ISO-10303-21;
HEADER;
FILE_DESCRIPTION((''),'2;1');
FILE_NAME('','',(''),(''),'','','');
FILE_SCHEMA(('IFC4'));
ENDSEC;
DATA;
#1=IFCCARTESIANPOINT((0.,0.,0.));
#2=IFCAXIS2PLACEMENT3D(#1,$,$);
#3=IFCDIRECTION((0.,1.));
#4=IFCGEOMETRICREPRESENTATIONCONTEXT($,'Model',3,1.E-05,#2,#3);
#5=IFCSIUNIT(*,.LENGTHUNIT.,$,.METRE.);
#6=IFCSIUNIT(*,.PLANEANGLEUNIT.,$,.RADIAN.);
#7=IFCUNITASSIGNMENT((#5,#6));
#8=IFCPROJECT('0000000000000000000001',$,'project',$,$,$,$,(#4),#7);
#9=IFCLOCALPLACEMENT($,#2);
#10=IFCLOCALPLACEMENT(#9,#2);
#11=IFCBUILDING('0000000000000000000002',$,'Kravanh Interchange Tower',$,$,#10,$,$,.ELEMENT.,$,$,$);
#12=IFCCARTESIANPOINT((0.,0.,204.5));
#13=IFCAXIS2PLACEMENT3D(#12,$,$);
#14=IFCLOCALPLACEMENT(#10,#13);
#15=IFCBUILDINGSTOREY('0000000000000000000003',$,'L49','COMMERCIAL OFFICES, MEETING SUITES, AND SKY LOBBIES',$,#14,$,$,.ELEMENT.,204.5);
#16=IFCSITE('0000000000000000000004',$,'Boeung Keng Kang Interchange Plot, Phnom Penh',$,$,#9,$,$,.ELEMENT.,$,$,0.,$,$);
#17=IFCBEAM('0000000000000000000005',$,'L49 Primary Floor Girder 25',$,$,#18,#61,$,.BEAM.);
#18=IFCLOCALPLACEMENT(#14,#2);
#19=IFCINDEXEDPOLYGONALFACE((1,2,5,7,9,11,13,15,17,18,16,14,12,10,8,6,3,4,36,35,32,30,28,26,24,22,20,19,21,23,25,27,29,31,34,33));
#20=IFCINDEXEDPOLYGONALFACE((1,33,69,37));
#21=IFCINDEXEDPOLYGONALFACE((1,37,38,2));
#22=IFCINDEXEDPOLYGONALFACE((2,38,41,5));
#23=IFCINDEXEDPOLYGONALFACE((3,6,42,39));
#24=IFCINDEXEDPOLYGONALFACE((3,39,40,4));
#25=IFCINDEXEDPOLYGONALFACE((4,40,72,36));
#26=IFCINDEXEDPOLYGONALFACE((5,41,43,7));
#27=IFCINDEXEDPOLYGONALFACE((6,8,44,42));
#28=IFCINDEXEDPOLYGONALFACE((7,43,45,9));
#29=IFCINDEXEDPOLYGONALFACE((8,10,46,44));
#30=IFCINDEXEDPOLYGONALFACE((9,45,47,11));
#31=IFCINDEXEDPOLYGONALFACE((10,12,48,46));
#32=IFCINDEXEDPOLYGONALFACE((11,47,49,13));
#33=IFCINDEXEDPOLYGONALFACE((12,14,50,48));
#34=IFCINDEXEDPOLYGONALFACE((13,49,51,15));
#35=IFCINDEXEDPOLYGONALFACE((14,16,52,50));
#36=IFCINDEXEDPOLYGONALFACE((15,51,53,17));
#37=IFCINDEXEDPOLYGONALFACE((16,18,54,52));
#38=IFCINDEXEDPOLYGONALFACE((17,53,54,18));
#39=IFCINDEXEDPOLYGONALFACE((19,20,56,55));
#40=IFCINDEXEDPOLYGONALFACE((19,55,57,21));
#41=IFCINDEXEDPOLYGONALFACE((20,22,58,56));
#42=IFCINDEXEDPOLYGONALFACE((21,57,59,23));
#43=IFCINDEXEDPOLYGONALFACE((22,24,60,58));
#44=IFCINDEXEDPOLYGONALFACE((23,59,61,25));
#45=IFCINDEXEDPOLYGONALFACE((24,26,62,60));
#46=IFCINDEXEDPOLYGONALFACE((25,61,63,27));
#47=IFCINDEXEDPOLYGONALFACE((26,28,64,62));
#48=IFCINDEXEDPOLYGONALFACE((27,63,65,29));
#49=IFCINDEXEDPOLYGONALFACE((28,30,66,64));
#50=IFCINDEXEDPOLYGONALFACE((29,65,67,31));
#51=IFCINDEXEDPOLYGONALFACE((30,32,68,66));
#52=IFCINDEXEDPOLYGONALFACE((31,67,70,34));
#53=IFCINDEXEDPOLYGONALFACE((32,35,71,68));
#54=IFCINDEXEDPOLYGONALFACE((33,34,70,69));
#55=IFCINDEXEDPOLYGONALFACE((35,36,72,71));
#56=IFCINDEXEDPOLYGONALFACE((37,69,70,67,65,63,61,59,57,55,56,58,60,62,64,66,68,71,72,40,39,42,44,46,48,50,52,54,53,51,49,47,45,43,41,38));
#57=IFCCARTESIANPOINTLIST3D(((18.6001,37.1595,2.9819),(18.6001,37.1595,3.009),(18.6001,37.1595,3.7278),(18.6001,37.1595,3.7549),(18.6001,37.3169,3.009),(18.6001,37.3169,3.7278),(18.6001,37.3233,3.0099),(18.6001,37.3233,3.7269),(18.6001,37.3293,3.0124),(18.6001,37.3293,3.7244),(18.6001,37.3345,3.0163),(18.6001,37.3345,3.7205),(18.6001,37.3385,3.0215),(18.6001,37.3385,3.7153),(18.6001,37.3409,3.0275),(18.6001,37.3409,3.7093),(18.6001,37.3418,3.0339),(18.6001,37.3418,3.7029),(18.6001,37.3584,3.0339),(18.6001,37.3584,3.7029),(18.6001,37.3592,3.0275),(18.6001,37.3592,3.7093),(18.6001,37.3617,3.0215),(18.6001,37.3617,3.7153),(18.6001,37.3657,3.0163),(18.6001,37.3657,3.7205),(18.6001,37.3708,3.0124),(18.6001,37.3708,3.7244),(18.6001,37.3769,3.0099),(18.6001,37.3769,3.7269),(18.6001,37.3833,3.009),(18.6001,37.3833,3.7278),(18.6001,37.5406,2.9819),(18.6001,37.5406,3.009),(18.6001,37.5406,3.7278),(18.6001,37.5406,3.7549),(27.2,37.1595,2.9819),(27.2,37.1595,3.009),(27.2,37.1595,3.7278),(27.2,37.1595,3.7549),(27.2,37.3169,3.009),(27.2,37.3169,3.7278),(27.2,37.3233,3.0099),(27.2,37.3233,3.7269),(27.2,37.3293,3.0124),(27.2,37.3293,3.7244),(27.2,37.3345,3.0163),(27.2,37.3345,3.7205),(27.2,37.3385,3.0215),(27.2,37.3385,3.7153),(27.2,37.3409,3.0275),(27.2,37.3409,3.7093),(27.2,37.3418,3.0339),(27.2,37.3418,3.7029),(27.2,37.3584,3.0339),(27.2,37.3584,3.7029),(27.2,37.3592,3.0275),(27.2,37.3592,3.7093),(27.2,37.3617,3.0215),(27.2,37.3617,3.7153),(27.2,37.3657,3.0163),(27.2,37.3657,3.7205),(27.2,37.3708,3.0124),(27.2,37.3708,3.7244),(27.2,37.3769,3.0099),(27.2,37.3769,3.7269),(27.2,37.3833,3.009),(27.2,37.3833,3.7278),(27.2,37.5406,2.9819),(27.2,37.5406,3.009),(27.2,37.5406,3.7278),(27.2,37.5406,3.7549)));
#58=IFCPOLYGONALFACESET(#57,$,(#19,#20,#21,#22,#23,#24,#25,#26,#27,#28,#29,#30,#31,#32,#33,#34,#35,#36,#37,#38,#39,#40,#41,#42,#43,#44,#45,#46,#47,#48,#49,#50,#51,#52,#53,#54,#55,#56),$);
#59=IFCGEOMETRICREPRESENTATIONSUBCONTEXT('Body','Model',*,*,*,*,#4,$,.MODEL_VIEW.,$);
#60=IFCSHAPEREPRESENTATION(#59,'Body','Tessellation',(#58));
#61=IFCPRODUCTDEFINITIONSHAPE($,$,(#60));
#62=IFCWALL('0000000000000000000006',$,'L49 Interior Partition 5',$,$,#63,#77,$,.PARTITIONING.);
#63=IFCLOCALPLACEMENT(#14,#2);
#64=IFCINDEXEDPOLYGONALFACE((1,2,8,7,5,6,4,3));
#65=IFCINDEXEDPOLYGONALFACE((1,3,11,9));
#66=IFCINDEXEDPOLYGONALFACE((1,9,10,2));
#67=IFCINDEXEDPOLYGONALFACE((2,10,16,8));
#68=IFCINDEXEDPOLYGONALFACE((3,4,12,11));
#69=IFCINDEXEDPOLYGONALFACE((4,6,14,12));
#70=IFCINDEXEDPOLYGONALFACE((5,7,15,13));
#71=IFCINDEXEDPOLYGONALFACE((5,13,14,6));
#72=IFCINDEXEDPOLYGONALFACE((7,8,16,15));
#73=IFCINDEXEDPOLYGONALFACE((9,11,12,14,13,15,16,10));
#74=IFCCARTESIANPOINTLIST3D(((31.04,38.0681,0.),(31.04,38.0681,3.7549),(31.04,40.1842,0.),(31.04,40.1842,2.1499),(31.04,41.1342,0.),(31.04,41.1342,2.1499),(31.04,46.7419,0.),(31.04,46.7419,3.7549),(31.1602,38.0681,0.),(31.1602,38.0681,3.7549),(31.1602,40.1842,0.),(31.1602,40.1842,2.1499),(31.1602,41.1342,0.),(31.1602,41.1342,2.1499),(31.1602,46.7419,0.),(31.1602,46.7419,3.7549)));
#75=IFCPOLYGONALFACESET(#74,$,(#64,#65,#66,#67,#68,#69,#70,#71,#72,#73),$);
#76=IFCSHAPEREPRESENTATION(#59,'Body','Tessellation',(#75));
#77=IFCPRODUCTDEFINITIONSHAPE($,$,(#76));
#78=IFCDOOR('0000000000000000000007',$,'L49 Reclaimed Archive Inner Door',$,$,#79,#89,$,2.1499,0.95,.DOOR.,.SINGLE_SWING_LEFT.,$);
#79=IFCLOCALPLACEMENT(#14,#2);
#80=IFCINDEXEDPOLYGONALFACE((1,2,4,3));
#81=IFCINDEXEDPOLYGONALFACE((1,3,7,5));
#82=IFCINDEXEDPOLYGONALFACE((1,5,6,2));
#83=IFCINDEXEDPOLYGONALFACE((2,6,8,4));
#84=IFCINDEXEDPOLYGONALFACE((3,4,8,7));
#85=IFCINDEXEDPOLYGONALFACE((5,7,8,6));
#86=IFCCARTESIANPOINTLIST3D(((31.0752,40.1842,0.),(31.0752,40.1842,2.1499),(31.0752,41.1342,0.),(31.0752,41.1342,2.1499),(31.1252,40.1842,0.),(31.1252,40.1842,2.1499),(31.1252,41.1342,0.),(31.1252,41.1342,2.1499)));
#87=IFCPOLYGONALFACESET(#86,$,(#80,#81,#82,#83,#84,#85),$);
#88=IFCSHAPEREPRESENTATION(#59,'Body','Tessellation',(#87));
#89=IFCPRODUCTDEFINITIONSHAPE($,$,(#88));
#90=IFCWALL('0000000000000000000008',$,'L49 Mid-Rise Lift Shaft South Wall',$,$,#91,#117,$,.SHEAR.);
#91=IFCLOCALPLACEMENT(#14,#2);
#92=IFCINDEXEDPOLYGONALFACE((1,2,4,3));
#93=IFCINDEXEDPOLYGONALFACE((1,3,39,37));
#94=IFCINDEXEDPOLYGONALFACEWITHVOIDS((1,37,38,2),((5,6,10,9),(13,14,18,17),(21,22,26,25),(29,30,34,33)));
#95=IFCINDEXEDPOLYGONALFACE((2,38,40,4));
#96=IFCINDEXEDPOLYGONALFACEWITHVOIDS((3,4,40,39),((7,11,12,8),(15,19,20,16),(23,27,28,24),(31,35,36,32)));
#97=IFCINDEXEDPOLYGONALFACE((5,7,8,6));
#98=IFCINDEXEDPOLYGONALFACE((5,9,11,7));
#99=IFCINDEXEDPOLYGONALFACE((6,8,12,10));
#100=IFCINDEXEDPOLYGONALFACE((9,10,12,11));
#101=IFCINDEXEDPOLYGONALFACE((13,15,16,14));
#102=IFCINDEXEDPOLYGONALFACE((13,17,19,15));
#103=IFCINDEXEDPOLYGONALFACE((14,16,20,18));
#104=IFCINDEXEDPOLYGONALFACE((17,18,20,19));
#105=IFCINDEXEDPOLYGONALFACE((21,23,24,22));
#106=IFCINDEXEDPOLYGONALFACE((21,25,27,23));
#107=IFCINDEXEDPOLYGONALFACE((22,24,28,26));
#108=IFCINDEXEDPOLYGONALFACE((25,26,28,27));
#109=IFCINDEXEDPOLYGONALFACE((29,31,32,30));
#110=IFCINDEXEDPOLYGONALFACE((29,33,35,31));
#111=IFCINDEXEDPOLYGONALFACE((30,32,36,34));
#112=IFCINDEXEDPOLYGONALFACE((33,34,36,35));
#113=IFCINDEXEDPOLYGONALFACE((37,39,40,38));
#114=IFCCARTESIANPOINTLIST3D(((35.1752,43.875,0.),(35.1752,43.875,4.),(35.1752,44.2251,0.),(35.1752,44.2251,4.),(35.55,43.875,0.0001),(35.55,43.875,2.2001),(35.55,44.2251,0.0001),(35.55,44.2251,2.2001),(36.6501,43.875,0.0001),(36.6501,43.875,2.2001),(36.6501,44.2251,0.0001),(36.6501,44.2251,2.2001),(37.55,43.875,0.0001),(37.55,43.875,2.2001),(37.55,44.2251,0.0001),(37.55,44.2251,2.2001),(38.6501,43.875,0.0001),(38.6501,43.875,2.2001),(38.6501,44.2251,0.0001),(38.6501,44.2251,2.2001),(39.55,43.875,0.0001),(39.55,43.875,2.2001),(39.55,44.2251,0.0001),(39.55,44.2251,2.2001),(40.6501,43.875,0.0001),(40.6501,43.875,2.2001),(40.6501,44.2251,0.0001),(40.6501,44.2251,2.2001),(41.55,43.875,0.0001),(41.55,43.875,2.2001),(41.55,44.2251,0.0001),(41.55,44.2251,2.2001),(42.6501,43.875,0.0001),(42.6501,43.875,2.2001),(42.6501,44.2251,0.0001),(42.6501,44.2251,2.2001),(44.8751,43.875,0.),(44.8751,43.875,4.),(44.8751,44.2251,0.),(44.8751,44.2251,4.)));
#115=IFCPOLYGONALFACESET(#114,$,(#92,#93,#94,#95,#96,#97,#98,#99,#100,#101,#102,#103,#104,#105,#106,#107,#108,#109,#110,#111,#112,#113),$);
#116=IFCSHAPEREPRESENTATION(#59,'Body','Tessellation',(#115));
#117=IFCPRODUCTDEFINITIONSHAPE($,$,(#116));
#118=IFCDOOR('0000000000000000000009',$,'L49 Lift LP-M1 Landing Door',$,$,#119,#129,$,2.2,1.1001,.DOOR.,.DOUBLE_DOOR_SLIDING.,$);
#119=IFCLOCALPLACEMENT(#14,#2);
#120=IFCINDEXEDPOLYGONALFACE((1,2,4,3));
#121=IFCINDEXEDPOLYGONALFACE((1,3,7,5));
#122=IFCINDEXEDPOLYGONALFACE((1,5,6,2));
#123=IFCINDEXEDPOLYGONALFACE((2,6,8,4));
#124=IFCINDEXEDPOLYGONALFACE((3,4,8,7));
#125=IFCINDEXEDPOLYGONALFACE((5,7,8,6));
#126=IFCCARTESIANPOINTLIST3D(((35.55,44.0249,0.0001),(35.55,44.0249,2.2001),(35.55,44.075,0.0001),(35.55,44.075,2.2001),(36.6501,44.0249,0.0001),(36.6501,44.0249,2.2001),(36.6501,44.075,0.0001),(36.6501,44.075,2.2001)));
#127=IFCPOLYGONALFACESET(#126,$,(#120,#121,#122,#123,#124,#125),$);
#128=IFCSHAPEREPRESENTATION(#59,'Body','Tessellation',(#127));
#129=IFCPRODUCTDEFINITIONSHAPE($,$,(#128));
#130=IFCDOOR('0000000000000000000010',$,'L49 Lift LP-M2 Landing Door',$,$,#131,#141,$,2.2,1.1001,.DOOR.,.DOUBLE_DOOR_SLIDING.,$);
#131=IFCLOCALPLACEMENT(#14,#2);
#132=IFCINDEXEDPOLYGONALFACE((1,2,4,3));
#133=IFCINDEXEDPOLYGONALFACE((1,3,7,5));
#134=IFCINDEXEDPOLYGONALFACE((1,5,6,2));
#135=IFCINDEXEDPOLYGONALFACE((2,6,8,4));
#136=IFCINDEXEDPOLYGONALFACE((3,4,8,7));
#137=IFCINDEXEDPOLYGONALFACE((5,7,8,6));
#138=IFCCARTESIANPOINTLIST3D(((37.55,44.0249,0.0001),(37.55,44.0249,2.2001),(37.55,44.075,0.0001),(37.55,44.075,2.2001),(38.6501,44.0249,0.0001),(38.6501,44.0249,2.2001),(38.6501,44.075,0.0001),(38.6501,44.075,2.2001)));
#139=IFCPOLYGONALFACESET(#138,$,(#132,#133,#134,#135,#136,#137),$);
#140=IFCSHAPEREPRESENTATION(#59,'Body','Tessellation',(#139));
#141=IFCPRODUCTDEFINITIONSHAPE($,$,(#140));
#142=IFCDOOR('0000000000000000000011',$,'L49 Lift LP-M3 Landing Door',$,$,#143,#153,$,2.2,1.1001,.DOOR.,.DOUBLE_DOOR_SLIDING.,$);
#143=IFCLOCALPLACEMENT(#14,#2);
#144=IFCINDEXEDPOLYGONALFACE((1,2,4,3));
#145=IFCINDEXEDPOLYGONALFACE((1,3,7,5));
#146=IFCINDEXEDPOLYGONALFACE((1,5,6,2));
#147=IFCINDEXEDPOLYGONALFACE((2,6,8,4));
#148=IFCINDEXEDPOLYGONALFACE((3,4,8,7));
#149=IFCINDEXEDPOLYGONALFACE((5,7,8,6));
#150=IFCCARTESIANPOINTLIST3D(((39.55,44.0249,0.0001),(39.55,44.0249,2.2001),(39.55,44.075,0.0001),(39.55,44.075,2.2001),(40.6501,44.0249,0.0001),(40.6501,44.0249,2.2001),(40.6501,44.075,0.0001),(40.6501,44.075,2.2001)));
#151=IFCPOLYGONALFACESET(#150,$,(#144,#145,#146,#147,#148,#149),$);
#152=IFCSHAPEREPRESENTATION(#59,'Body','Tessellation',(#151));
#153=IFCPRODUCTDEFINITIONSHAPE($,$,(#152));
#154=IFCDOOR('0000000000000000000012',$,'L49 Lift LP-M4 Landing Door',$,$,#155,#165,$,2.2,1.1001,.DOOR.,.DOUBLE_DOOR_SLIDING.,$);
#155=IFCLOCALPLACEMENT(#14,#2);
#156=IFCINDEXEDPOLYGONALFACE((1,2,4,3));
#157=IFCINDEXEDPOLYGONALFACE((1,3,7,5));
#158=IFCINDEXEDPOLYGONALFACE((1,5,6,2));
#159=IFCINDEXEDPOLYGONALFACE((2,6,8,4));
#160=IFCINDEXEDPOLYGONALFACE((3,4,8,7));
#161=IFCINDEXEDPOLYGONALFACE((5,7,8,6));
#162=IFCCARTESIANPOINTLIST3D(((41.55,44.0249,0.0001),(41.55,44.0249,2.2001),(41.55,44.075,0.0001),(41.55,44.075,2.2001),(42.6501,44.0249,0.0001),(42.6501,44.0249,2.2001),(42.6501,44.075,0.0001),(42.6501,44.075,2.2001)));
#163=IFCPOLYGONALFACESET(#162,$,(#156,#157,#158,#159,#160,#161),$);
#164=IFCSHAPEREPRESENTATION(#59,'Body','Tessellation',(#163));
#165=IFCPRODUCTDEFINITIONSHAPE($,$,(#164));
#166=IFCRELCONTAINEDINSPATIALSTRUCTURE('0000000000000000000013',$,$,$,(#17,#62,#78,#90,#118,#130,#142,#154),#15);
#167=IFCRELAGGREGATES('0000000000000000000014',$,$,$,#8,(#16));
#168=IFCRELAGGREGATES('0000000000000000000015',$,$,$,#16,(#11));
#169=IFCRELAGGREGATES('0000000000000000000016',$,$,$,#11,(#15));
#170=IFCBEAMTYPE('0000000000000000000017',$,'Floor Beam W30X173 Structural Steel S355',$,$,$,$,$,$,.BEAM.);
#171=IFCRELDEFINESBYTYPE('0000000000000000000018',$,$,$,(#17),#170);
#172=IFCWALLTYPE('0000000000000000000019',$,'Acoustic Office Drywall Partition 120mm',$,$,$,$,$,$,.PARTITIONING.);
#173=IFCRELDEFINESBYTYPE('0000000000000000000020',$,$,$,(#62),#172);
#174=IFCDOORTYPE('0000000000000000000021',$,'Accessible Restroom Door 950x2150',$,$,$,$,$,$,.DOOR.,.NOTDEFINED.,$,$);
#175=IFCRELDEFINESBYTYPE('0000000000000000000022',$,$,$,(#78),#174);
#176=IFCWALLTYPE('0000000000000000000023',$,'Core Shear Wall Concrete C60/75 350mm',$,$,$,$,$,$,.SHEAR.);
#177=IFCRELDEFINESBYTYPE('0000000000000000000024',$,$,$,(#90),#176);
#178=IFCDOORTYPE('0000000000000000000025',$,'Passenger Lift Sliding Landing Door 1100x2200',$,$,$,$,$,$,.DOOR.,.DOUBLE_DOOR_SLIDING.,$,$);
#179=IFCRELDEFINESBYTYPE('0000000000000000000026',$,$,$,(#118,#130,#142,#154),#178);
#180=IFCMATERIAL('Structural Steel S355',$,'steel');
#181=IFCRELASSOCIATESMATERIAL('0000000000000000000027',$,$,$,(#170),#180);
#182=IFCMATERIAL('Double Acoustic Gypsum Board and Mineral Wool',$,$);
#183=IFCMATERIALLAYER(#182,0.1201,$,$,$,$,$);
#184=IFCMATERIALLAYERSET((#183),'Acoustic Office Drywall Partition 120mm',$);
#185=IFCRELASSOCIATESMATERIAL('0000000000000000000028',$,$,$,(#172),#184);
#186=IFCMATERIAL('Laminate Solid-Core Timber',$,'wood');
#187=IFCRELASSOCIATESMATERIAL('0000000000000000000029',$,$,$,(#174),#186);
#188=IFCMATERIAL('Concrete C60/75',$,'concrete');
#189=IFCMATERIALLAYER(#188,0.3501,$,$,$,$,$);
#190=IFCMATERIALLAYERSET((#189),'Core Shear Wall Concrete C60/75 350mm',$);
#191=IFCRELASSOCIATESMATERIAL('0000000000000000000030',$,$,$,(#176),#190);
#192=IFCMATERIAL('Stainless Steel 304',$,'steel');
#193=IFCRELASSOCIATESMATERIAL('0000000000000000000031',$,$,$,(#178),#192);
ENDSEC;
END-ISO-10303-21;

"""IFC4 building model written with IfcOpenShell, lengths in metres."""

from ifc_helpers import new_model, si_unit, direction, frame, frame_2d, origin, origin_2d, place, context, subcontext, project, spatial, rectangle, i_section, extrude, material, layer, layer_set, material_profile, profile_set, type_object, element, fill, save


model = new_model("IFC4")

# Units and contexts
model_context = context("Model", 3, precision=1e-05, world=origin(), true_north=direction((0.0, 1.0)))
body_context = subcontext(model_context, "Body", "Model", "MODEL_VIEW")
ifc_project = project(units=[si_unit("LENGTHUNIT", "METRE"), si_unit("PLANEANGLEUNIT", "RADIAN")], contexts=[model_context])

# Site, building, storey
site_placement = place(None, origin())
site = spatial("IfcSite", under=ifc_project, at=site_placement, Name="Boeung Keng Kang Interchange Plot, Phnom Penh", CompositionType="ELEMENT", RefElevation=0.0)
building_placement = place(site_placement, origin())
building = spatial("IfcBuilding", under=site, at=building_placement, Name="Kravanh Interchange Tower", CompositionType="ELEMENT")
storey_placement = place(building_placement, frame((0.0, 0.0, 204.5)))
storey = spatial("IfcBuildingStorey", under=building, at=storey_placement, Name="L49", Description="COMMERCIAL OFFICES, MEETING SUITES, AND SKY LOBBIES", CompositionType="ELEMENT", Elevation=204.5)

# Beam
ifc_material_1 = material(Name="Structural Steel S355", Category="steel")
ifc_material_profile_1 = material_profile(ifc_material_1, i_section(OverallWidth=0.3811, OverallDepth=0.7729, WebThickness=0.0166, FlangeThickness=0.0271, FilletRadius=0.0249, at=origin_2d()), Name="W30X173")
ifc_profile_set_1 = profile_set([ifc_material_profile_1], Name="Structural Steel S355")
beam_type = type_object("IfcBeamType", Name="Floor Beam W30X173 Structural Steel S355", PredefinedType="BEAM", material=ifc_profile_set_1)
beam_1_placement = place(storey_placement, frame((27.2, 37.3501, 3.3684), z_axis=(-1.0, 0.0, 0.0), x_axis=(0.0, -1.0, 0.0)))
element("IfcBeam", 1, at=beam_1_placement, inside=storey, type_object=beam_type, Name="L49 Primary Floor Girder 25", PredefinedType="BEAM", context=body_context, shape_type="SweptSolid", body=[
    extrude(i_section(OverallWidth=0.3811, OverallDepth=0.7729, WebThickness=0.0166, FlangeThickness=0.0271, FilletRadius=0.0249, at=origin_2d()), origin(), (0.0, 0.0, 1.0), 8.5999),
])

# Wall, opening, door
ifc_material_2 = material(Name="Double Acoustic Gypsum Board and Mineral Wool")
ifc_layer_1 = layer(ifc_material_2, 0.1201)
ifc_layer_set_1 = layer_set([ifc_layer_1], Name="Acoustic Office Drywall Partition 120mm")
wall_type_1 = type_object("IfcWallType", Name="Acoustic Office Drywall Partition 120mm", PredefinedType="PARTITIONING", material=ifc_layer_set_1)
wall_1_placement = place(storey_placement, frame((31.1001, 38.0681, 0.0), z_axis=(0.0, 0.0, 1.0), x_axis=(0.0, 1.0, 0.0)))
wall_1 = element("IfcWall", 2, at=wall_1_placement, inside=storey, type_object=wall_type_1, Name="L49 Interior Partition 5", PredefinedType="PARTITIONING", context=body_context, shape_type="SweptSolid", body=[
    extrude(rectangle(XDim=8.6738, YDim=0.1201, at=frame_2d((4.3369, 0.0))), origin(), (0.0, 0.0, 1.0), 3.7549),
])
opening_1_placement = place(wall_1_placement, frame((2.116, 0.0, 0.0)))
opening_1 = element("IfcOpeningElement", 3, at=opening_1_placement, cuts=wall_1, PredefinedType="OPENING", context=body_context, shape_type="SweptSolid", body=[
    extrude(rectangle(XDim=0.95, YDim=2.1499, at=frame_2d((0.4751, 1.075))), frame((0.0, 0.0701, 0.0), z_axis=(0.0, -1.0, 0.0), x_axis=(1.0, 0.0, 0.0)), (0.0, 0.0, 1.0), 0.1401),
])
ifc_material_3 = material(Name="Laminate Solid-Core Timber", Category="wood")
door_type_1 = type_object("IfcDoorType", Name="Accessible Restroom Door 950x2150", OperationType="NOTDEFINED", PredefinedType="DOOR", material=ifc_material_3)
door_1_placement = place(opening_1_placement, origin())
door_1 = element("IfcDoor", 4, at=door_1_placement, inside=storey, type_object=door_type_1, Name="L49 Reclaimed Archive Inner Door", OperationType="SINGLE_SWING_LEFT", OverallHeight=2.1499, OverallWidth=0.95, PredefinedType="DOOR", context=body_context, shape_type="SweptSolid", body=[
    extrude(rectangle(XDim=0.95, YDim=2.1499, at=frame_2d((0.4751, 1.075))), frame((0.0, 0.0249, 0.0), z_axis=(0.0, -1.0, 0.0), x_axis=(1.0, 0.0, 0.0)), (0.0, 0.0, 1.0), 0.05),
])
fill(opening_1, door_1)

# Wall, openings, doors
ifc_material_4 = material(Name="Concrete C60/75", Category="concrete")
ifc_layer_2 = layer(ifc_material_4, 0.3501)
ifc_layer_set_2 = layer_set([ifc_layer_2], Name="Core Shear Wall Concrete C60/75 350mm")
wall_type_2 = type_object("IfcWallType", Name="Core Shear Wall Concrete C60/75 350mm", PredefinedType="SHEAR", material=ifc_layer_set_2)
wall_2_placement = place(storey_placement, frame((35.175, 44.05, 0.0), z_axis=(0.0, 0.0, 1.0), x_axis=(1.0, 0.0, 0.0)))
wall_2 = element("IfcWall", 5, at=wall_2_placement, inside=storey, type_object=wall_type_2, Name="L49 Mid-Rise Lift Shaft South Wall", PredefinedType="SHEAR", context=body_context, shape_type="SweptSolid", body=[
    extrude(rectangle(XDim=9.7, YDim=0.3501, at=frame_2d((4.8501, 0.0))), origin(), (0.0, 0.0, 1.0), 4.0),
])
opening_2_placement = place(wall_2_placement, frame((0.375, 0.0, 0.0)))
opening_2 = element("IfcOpeningElement", 6, at=opening_2_placement, cuts=wall_2, PredefinedType="OPENING", context=body_context, shape_type="SweptSolid", body=[
    extrude(rectangle(XDim=1.1001, YDim=2.2, at=frame_2d((0.55, 1.1001))), frame((0.0, 0.1851, 0.0), z_axis=(0.0, -1.0, 0.0), x_axis=(1.0, 0.0, 0.0)), (0.0, 0.0, 1.0), 0.3701),
])
opening_3_placement = place(wall_2_placement, frame((2.375, 0.0, 0.0)))
opening_3 = element("IfcOpeningElement", 7, at=opening_3_placement, cuts=wall_2, PredefinedType="OPENING", context=body_context, shape_type="SweptSolid", body=[
    extrude(rectangle(XDim=1.1001, YDim=2.2, at=frame_2d((0.55, 1.1001))), frame((0.0, 0.1851, 0.0), z_axis=(0.0, -1.0, 0.0), x_axis=(1.0, 0.0, 0.0)), (0.0, 0.0, 1.0), 0.3701),
])
opening_4_placement = place(wall_2_placement, frame((4.375, 0.0, 0.0)))
opening_4 = element("IfcOpeningElement", 8, at=opening_4_placement, cuts=wall_2, PredefinedType="OPENING", context=body_context, shape_type="SweptSolid", body=[
    extrude(rectangle(XDim=1.1001, YDim=2.2, at=frame_2d((0.55, 1.1001))), frame((0.0, 0.1851, 0.0), z_axis=(0.0, -1.0, 0.0), x_axis=(1.0, 0.0, 0.0)), (0.0, 0.0, 1.0), 0.3701),
])
opening_5_placement = place(wall_2_placement, frame((6.375, 0.0, 0.0)))
opening_5 = element("IfcOpeningElement", 9, at=opening_5_placement, cuts=wall_2, PredefinedType="OPENING", context=body_context, shape_type="SweptSolid", body=[
    extrude(rectangle(XDim=1.1001, YDim=2.2, at=frame_2d((0.55, 1.1001))), frame((0.0, 0.1851, 0.0), z_axis=(0.0, -1.0, 0.0), x_axis=(1.0, 0.0, 0.0)), (0.0, 0.0, 1.0), 0.3701),
])
ifc_material_5 = material(Name="Stainless Steel 304", Category="steel")
door_type_2 = type_object("IfcDoorType", Name="Passenger Lift Sliding Landing Door 1100x2200", OperationType="DOUBLE_DOOR_SLIDING", PredefinedType="DOOR", material=ifc_material_5)
door_2_placement = place(opening_2_placement, origin())
door_2 = element("IfcDoor", 10, at=door_2_placement, inside=storey, type_object=door_type_2, Name="L49 Lift LP-M1 Landing Door", OperationType="DOUBLE_DOOR_SLIDING", OverallHeight=2.2, OverallWidth=1.1001, PredefinedType="DOOR", context=body_context, shape_type="SweptSolid", body=[
    extrude(rectangle(XDim=1.1001, YDim=2.2, at=frame_2d((0.55, 1.1001))), frame((0.0, 0.0249, 0.0), z_axis=(0.0, -1.0, 0.0), x_axis=(1.0, 0.0, 0.0)), (0.0, 0.0, 1.0), 0.05),
])
fill(opening_2, door_2)
door_3_placement = place(opening_3_placement, origin())
door_3 = element("IfcDoor", 11, at=door_3_placement, inside=storey, type_object=door_type_2, Name="L49 Lift LP-M2 Landing Door", OperationType="DOUBLE_DOOR_SLIDING", OverallHeight=2.2, OverallWidth=1.1001, PredefinedType="DOOR", context=body_context, shape_type="SweptSolid", body=[
    extrude(rectangle(XDim=1.1001, YDim=2.2, at=frame_2d((0.55, 1.1001))), frame((0.0, 0.0249, 0.0), z_axis=(0.0, -1.0, 0.0), x_axis=(1.0, 0.0, 0.0)), (0.0, 0.0, 1.0), 0.05),
])
fill(opening_3, door_3)
door_4_placement = place(opening_4_placement, origin())
door_4 = element("IfcDoor", 12, at=door_4_placement, inside=storey, type_object=door_type_2, Name="L49 Lift LP-M3 Landing Door", OperationType="DOUBLE_DOOR_SLIDING", OverallHeight=2.2, OverallWidth=1.1001, PredefinedType="DOOR", context=body_context, shape_type="SweptSolid", body=[
    extrude(rectangle(XDim=1.1001, YDim=2.2, at=frame_2d((0.55, 1.1001))), frame((0.0, 0.0249, 0.0), z_axis=(0.0, -1.0, 0.0), x_axis=(1.0, 0.0, 0.0)), (0.0, 0.0, 1.0), 0.05),
])
fill(opening_4, door_4)
door_5_placement = place(opening_5_placement, origin())
door_5 = element("IfcDoor", 13, at=door_5_placement, inside=storey, type_object=door_type_2, Name="L49 Lift LP-M4 Landing Door", OperationType="DOUBLE_DOOR_SLIDING", OverallHeight=2.2, OverallWidth=1.1001, PredefinedType="DOOR", context=body_context, shape_type="SweptSolid", body=[
    extrude(rectangle(XDim=1.1001, YDim=2.2, at=frame_2d((0.55, 1.1001))), frame((0.0, 0.0249, 0.0), z_axis=(0.0, -1.0, 0.0), x_axis=(1.0, 0.0, 0.0)), (0.0, 0.0, 1.0), 0.05),
])
fill(opening_5, door_5)

save(model, "model.ifc")
